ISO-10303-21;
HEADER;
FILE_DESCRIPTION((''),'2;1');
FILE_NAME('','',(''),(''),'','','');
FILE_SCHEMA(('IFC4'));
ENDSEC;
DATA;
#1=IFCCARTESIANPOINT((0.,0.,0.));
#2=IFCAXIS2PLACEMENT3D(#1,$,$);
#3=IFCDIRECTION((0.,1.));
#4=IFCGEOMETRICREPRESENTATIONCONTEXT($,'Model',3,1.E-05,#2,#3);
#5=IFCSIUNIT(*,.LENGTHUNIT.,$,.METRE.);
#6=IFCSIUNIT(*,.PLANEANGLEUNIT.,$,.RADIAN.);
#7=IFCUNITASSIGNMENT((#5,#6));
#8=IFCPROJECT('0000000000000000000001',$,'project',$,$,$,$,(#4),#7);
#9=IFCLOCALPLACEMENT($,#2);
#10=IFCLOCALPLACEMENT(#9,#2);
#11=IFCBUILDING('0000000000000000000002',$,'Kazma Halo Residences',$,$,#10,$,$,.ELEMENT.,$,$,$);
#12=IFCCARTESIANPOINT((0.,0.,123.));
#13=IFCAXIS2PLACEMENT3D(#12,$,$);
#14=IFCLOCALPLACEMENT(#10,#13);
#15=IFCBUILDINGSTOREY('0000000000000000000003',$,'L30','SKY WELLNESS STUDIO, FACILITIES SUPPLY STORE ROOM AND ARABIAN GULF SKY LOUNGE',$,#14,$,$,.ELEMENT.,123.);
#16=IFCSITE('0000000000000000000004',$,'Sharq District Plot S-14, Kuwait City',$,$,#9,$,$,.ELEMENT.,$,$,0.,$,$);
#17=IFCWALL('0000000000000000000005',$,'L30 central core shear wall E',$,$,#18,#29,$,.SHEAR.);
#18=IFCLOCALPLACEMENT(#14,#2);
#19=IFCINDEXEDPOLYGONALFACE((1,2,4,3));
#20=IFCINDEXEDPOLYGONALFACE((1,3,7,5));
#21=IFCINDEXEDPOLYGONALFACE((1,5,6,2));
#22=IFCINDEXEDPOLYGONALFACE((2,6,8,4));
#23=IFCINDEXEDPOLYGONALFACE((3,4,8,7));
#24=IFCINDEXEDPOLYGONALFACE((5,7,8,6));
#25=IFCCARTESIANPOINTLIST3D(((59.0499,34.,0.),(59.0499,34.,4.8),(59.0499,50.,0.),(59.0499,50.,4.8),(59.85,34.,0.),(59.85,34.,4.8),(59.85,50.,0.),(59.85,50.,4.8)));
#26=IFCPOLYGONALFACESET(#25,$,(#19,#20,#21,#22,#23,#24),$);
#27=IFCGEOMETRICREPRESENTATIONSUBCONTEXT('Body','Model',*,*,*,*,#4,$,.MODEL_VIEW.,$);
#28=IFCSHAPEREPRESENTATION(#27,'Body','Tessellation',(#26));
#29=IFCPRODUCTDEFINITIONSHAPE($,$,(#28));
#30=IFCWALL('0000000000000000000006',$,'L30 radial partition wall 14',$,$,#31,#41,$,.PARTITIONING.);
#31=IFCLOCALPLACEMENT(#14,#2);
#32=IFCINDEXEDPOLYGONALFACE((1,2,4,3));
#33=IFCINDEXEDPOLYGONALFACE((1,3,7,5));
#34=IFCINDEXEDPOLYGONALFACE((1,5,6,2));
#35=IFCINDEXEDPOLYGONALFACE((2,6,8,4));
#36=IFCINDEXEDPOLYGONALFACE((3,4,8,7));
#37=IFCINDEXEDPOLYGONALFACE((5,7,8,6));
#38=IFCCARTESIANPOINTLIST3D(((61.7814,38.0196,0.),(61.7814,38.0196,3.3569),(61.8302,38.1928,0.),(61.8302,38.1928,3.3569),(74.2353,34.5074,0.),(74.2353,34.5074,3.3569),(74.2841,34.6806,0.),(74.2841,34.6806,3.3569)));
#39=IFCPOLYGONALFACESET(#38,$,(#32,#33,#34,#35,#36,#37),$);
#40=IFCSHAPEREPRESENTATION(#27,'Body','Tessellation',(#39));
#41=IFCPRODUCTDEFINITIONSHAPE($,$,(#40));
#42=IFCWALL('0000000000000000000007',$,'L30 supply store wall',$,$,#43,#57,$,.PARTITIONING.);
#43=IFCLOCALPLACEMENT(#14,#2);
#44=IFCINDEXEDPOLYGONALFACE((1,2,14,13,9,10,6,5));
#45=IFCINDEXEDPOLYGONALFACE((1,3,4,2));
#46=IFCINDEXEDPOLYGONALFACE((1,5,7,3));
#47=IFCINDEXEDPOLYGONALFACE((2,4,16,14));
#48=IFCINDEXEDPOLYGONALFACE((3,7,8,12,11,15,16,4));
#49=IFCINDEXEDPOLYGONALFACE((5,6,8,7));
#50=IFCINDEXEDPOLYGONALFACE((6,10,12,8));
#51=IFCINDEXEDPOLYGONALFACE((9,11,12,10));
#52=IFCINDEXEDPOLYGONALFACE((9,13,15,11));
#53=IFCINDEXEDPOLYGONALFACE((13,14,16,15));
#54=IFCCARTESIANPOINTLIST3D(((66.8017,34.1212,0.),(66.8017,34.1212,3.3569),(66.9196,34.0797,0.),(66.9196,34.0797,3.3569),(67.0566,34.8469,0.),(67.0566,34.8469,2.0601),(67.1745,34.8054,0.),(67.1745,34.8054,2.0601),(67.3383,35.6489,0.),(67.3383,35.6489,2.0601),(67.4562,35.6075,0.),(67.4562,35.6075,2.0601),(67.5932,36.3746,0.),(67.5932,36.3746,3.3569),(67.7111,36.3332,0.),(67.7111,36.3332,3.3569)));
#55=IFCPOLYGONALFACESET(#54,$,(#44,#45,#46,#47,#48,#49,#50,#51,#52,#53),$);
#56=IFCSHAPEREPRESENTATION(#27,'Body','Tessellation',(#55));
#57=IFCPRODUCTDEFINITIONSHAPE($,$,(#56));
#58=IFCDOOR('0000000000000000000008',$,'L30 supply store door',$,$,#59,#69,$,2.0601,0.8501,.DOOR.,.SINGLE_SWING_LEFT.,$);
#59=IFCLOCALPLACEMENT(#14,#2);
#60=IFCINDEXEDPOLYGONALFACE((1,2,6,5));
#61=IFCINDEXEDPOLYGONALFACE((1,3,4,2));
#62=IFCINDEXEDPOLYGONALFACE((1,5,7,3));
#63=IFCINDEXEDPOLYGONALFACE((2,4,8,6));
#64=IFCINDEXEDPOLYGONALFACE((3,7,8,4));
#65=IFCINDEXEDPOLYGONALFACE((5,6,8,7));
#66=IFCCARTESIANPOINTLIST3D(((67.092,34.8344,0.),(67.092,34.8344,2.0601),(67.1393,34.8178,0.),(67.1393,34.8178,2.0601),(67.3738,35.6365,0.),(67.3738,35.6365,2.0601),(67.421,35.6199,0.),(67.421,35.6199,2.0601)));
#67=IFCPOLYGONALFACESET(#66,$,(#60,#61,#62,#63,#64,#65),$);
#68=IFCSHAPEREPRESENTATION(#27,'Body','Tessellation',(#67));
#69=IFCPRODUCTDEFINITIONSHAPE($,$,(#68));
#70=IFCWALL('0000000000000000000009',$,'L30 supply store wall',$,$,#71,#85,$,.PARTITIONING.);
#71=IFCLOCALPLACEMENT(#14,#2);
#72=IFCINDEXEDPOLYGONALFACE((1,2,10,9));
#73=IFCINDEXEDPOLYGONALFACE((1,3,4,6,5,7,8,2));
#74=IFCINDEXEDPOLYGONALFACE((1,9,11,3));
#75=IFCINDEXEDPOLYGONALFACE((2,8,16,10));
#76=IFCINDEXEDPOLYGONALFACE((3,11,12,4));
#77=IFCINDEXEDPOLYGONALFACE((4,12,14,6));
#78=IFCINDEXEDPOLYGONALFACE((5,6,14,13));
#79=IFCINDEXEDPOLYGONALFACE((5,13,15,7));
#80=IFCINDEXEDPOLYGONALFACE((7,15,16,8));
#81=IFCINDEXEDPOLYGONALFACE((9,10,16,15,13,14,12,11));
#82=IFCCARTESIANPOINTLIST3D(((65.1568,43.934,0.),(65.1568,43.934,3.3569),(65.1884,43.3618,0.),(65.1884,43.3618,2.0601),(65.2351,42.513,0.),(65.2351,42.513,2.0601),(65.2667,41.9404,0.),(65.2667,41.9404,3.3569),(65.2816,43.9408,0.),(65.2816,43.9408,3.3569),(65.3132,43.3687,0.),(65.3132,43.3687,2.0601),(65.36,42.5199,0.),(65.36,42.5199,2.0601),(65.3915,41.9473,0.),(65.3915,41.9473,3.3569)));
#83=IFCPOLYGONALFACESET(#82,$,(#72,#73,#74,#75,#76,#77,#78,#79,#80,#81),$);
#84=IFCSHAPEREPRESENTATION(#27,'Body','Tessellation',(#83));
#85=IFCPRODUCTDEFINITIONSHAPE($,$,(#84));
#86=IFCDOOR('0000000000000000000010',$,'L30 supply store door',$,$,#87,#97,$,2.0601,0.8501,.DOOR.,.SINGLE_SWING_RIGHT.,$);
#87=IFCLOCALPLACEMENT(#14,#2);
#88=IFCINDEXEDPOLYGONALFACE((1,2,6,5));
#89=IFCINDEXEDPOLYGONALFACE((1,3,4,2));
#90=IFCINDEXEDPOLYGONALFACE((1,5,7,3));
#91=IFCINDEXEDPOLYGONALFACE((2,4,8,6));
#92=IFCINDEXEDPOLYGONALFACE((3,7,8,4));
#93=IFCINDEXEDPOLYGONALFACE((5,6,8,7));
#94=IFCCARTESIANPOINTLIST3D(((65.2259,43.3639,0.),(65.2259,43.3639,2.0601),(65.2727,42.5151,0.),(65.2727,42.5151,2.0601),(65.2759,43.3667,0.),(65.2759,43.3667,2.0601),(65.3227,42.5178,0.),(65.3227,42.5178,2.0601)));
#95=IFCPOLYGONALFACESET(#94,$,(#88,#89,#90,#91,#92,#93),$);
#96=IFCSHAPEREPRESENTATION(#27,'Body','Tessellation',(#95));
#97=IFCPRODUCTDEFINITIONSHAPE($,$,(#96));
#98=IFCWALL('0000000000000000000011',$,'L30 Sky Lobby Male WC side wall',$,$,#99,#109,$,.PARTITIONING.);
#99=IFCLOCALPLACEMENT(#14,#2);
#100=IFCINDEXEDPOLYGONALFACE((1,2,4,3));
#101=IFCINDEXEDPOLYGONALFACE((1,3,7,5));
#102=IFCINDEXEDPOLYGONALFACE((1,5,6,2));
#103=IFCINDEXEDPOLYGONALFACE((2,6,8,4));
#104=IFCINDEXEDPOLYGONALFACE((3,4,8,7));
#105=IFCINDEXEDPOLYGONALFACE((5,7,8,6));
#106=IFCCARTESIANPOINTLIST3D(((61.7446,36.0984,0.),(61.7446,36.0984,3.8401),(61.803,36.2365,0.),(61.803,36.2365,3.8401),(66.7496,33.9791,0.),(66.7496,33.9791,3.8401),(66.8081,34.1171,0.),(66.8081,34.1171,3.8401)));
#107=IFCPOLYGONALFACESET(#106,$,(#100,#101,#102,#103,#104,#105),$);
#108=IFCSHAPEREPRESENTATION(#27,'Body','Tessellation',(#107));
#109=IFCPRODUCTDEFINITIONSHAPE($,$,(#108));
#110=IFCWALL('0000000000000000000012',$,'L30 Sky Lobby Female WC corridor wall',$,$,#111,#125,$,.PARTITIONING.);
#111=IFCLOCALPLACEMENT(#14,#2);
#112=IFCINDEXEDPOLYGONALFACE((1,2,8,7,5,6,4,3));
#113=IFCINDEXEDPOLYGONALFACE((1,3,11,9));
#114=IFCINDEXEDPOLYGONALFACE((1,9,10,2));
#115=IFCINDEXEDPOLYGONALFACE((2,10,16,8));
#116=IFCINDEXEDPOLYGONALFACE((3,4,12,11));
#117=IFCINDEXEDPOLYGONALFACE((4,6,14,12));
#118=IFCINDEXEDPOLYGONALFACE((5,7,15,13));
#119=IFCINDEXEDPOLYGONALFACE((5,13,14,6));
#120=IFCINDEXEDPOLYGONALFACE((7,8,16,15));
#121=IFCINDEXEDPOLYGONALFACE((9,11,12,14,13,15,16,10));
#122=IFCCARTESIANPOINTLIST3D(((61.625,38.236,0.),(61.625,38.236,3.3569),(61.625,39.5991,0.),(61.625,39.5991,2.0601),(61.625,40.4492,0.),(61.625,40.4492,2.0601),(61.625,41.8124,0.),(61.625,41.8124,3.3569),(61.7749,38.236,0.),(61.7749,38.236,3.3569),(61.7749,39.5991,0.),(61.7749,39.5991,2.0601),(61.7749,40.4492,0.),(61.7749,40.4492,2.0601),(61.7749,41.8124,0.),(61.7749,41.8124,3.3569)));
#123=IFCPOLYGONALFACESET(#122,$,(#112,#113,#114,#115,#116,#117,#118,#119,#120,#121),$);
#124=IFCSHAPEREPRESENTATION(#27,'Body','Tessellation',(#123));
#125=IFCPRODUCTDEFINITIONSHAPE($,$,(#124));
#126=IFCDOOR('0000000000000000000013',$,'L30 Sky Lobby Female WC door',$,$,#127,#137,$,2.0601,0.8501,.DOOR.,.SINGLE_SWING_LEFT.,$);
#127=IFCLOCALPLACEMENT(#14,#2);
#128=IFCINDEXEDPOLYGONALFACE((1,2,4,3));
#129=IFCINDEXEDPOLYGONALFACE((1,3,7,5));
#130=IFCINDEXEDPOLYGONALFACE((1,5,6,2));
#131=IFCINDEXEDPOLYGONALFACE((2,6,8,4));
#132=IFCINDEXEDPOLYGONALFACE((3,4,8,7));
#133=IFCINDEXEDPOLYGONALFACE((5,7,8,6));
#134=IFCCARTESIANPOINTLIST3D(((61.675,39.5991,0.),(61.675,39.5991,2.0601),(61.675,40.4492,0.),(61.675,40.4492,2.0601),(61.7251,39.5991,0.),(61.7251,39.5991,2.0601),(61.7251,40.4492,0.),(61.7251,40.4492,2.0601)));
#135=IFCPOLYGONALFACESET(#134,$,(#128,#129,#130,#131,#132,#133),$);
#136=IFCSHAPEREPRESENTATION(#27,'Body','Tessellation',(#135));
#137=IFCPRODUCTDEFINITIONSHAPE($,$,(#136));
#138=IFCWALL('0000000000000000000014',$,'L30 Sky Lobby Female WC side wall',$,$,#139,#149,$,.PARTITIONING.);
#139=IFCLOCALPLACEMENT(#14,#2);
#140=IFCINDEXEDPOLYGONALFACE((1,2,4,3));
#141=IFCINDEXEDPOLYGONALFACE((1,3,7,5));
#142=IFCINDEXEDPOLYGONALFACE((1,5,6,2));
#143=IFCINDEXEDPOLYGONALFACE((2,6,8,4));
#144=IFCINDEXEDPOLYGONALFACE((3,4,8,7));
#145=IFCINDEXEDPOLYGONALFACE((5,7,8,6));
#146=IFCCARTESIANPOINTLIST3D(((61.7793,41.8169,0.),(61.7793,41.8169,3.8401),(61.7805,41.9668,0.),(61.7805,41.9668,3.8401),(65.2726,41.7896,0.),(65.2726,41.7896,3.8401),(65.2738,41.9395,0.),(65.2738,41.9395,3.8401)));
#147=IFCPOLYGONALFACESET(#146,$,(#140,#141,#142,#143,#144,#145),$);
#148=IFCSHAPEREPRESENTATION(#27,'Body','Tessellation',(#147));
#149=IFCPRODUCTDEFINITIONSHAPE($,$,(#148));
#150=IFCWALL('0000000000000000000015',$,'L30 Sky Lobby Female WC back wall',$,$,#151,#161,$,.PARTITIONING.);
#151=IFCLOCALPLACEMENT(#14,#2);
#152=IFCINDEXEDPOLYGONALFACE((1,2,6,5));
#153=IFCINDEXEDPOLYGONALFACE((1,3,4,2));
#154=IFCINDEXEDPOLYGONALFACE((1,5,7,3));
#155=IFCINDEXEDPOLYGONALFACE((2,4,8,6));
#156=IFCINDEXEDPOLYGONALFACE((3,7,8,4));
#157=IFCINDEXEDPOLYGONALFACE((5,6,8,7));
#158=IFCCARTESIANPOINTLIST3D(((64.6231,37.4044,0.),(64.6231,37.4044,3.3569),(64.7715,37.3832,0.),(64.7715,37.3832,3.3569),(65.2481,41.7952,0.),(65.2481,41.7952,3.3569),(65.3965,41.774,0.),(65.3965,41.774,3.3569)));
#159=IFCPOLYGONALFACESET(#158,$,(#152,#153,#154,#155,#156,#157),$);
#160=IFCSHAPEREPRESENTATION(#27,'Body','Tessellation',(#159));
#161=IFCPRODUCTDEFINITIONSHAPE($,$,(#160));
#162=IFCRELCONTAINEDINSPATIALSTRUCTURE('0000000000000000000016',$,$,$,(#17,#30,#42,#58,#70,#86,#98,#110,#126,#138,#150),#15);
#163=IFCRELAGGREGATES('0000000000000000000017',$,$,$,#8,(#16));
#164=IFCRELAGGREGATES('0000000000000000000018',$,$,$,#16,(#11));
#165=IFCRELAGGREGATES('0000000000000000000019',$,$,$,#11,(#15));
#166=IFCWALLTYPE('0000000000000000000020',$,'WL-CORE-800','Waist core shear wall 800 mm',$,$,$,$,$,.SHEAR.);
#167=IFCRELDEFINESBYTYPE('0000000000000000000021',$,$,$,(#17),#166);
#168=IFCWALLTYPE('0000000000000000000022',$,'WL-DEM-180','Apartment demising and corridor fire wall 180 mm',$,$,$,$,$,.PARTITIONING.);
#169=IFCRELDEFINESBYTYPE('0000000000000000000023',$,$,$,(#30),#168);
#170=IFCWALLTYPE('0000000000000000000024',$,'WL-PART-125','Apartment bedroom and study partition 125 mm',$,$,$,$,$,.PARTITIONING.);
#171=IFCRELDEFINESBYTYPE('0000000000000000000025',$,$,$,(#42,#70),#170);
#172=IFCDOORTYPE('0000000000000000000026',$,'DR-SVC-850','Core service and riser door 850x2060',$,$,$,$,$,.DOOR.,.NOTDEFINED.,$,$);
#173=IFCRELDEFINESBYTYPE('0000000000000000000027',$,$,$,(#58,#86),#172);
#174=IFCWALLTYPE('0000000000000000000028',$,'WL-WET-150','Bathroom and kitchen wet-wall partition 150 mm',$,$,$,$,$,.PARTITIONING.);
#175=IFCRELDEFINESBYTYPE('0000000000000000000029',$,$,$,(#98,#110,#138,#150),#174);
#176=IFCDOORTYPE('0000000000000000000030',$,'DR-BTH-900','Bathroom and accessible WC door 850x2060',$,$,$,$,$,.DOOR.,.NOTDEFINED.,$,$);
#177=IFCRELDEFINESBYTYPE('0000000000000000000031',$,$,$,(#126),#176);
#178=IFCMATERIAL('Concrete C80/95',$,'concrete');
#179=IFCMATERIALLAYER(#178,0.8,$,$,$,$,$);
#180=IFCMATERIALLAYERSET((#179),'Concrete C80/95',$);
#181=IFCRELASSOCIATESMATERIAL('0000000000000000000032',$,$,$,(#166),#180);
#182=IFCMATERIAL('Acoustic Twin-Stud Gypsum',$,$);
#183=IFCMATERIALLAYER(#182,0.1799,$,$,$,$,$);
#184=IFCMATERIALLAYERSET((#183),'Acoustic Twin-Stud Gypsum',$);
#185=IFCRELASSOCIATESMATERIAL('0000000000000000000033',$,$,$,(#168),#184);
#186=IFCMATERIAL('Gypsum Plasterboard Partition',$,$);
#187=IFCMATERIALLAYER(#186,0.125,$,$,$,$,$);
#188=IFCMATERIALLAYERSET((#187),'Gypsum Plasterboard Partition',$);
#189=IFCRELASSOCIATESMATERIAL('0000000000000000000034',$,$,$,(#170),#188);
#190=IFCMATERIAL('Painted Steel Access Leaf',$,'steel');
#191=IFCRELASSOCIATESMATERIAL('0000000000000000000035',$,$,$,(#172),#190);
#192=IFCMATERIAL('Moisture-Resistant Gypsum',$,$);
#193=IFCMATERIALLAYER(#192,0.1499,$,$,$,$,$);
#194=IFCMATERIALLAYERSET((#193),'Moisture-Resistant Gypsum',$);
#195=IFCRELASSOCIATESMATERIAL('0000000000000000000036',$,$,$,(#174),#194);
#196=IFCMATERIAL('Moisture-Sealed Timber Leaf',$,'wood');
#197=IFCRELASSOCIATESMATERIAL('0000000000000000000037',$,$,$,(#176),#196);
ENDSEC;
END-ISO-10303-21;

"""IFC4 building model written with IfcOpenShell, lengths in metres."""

from ifc_helpers import new_model, si_unit, direction, frame, frame_2d, origin, place, context, subcontext, project, spatial, rectangle, extrude, material, layer, layer_set, type_object, element, fill, save


model = new_model("IFC4")

# Units and contexts
model_context = context("Model", 3, precision=1e-05, world=origin(), true_north=direction((0.0, 1.0)))
body_context = subcontext(model_context, "Body", "Model", "MODEL_VIEW")
ifc_project = project(units=[si_unit("LENGTHUNIT", "METRE"), si_unit("PLANEANGLEUNIT", "RADIAN")], contexts=[model_context])

# Site, building, storey
site_placement = place(None, origin())
site = spatial("IfcSite", under=ifc_project, at=site_placement, Name="Sharq District Plot S-14, Kuwait City", CompositionType="ELEMENT", RefElevation=0.0)
building_placement = place(site_placement, origin())
building = spatial("IfcBuilding", under=site, at=building_placement, Name="Kazma Halo Residences", CompositionType="ELEMENT")
storey_placement = place(building_placement, frame((0.0, 0.0, 123.0)))
storey = spatial("IfcBuildingStorey", under=building, at=storey_placement, Name="L30", Description="SKY WELLNESS STUDIO, FACILITIES SUPPLY STORE ROOM AND ARABIAN GULF SKY LOUNGE", CompositionType="ELEMENT", Elevation=123.0)

# Shared definitions
ifc_material_1 = material(Name="Concrete C80/95", Category="concrete")

# Walls
ifc_layer_1 = layer(ifc_material_1, 0.8)
ifc_layer_set_1 = layer_set([ifc_layer_1], Name="Concrete C80/95")
wall_type_1 = type_object("IfcWallType", Name="WL-CORE-800", Description="Waist core shear wall 800 mm", PredefinedType="SHEAR", material=ifc_layer_set_1)
wall_1_placement = place(storey_placement, frame((59.45, 34.0, 0.0), z_axis=(0.0, 0.0, 1.0), x_axis=(0.0, 1.0, 0.0)))
element("IfcWall", 1, at=wall_1_placement, inside=storey, type_object=wall_type_1, Name="L30 central core shear wall E", PredefinedType="SHEAR", context=body_context, shape_type="SweptSolid", body=[
    extrude(rectangle(XDim=16.0, YDim=0.8, at=frame_2d((8.0, 0.0))), origin(), (0.0, 0.0, 1.0), 4.8),
])
ifc_material_2 = material(Name="Acoustic Twin-Stud Gypsum")
ifc_layer_2 = layer(ifc_material_2, 0.1799)
ifc_layer_set_2 = layer_set([ifc_layer_2], Name="Acoustic Twin-Stud Gypsum")
wall_type_2 = type_object("IfcWallType", Name="WL-DEM-180", Description="Apartment demising and corridor fire wall 180 mm", PredefinedType="PARTITIONING", material=ifc_layer_set_2)
wall_2_placement = place(storey_placement, frame((61.8059, 38.1062, 0.0), z_axis=(0.0, 0.0, 1.0), x_axis=(0.962458, -0.27143, 0.0)))
element("IfcWall", 2, at=wall_2_placement, inside=storey, type_object=wall_type_2, Name="L30 radial partition wall 14", PredefinedType="PARTITIONING", context=body_context, shape_type="SweptSolid", body=[
    extrude(rectangle(XDim=12.9397, YDim=0.1799, at=frame_2d((6.4697, 0.0))), origin(), (0.0, 0.0, 1.0), 3.3569),
])

# Walls, openings, doors
ifc_material_3 = material(Name="Gypsum Plasterboard Partition")
ifc_layer_3 = layer(ifc_material_3, 0.125)
ifc_layer_set_3 = layer_set([ifc_layer_3], Name="Gypsum Plasterboard Partition")
wall_type_3 = type_object("IfcWallType", Name="WL-PART-125", Description="Apartment bedroom and study partition 125 mm", PredefinedType="PARTITIONING", material=ifc_layer_set_3)
wall_3_placement = place(storey_placement, frame((66.8606, 34.1003, 0.0), z_axis=(0.0, 0.0, 1.0), x_axis=(0.331397, 0.943491, 0.0)))
wall_3 = element("IfcWall", 3, at=wall_3_placement, inside=storey, type_object=wall_type_3, Name="L30 supply store wall", PredefinedType="PARTITIONING", context=body_context, shape_type="SweptSolid", body=[
    extrude(rectangle(XDim=2.3884, YDim=0.125, at=frame_2d((1.1943, 0.0))), origin(), (0.0, 0.0, 1.0), 3.3569),
])
opening_1_placement = place(wall_3_placement, frame((0.7693, 0.0, 0.0)))
opening_1 = element("IfcOpeningElement", 4, at=opening_1_placement, cuts=wall_3, PredefinedType="OPENING", context=body_context, shape_type="SweptSolid", body=[
    extrude(rectangle(XDim=0.8501, YDim=2.0601, at=frame_2d((0.425, 1.03))), frame((0.0, 0.0725, 0.0), z_axis=(0.0, -1.0, 0.0), x_axis=(1.0, 0.0, 0.0)), (0.0, 0.0, 1.0), 0.145),
])
ifc_material_4 = material(Name="Painted Steel Access Leaf", Category="steel")
door_type_1 = type_object("IfcDoorType", Name="DR-SVC-850", Description="Core service and riser door 850x2060", OperationType="NOTDEFINED", PredefinedType="DOOR", material=ifc_material_4)
door_1_placement = place(opening_1_placement, origin())
door_1 = element("IfcDoor", 5, at=door_1_placement, inside=storey, type_object=door_type_1, Name="L30 supply store door", OperationType="SINGLE_SWING_LEFT", OverallHeight=2.0601, OverallWidth=0.8501, PredefinedType="DOOR", context=body_context, shape_type="SweptSolid", body=[
    extrude(rectangle(XDim=0.8501, YDim=2.0601, at=frame_2d((0.425, 1.03))), frame((0.0, 0.0249, 0.0), z_axis=(0.0, -1.0, 0.0), x_axis=(1.0, 0.0, 0.0)), (0.0, 0.0, 1.0), 0.05),
])
fill(opening_1, door_1)
wall_4_placement = place(storey_placement, frame((65.3291, 41.9438, 0.0), z_axis=(0.0, 0.0, 1.0), x_axis=(-0.055023, 0.998485, 0.0)))
wall_4 = element("IfcWall", 6, at=wall_4_placement, inside=storey, type_object=wall_type_3, Name="L30 supply store wall", PredefinedType="PARTITIONING", context=body_context, shape_type="SweptSolid", body=[
    extrude(rectangle(XDim=1.9966, YDim=0.125, at=frame_2d((0.9983, 0.0))), origin(), (0.0, 0.0, 1.0), 3.3569),
])
opening_2_placement = place(wall_4_placement, frame((0.5735, 0.0, 0.0)))
opening_2 = element("IfcOpeningElement", 7, at=opening_2_placement, cuts=wall_4, PredefinedType="OPENING", context=body_context, shape_type="SweptSolid", body=[
    extrude(rectangle(XDim=0.8501, YDim=2.0601, at=frame_2d((0.425, 1.03))), frame((0.0, 0.0725, 0.0), z_axis=(0.0, -1.0, 0.0), x_axis=(1.0, 0.0, 0.0)), (0.0, 0.0, 1.0), 0.145),
])
door_2_placement = place(opening_2_placement, origin())
door_2 = element("IfcDoor", 8, at=door_2_placement, inside=storey, type_object=door_type_1, Name="L30 supply store door", OperationType="SINGLE_SWING_RIGHT", OverallHeight=2.0601, OverallWidth=0.8501, PredefinedType="DOOR", context=body_context, shape_type="SweptSolid", body=[
    extrude(rectangle(XDim=0.8501, YDim=2.0601, at=frame_2d((0.425, 1.03))), frame((0.0, 0.0249, 0.0), z_axis=(0.0, -1.0, 0.0), x_axis=(1.0, 0.0, 0.0)), (0.0, 0.0, 1.0), 0.05),
])
fill(opening_2, door_2)

# Wall
ifc_material_5 = material(Name="Moisture-Resistant Gypsum")
ifc_layer_4 = layer(ifc_material_5, 0.1499)
ifc_layer_set_4 = layer_set([ifc_layer_4], Name="Moisture-Resistant Gypsum")
wall_type_4 = type_object("IfcWallType", Name="WL-WET-150", Description="Bathroom and kitchen wet-wall partition 150 mm", PredefinedType="PARTITIONING", material=ifc_layer_set_4)
wall_5_placement = place(storey_placement, frame((61.7737, 36.1675, 0.0), z_axis=(0.0, 0.0, 1.0), x_axis=(0.920846, -0.389926, 0.0)))
element("IfcWall", 9, at=wall_5_placement, inside=storey, type_object=wall_type_4, Name="L30 Sky Lobby Male WC side wall", PredefinedType="PARTITIONING", context=body_context, shape_type="SweptSolid", body=[
    extrude(rectangle(XDim=5.4353, YDim=0.1499, at=frame_2d((2.7178, 0.0))), origin(), (0.0, 0.0, 1.0), 3.8401),
])

# Wall, opening, door
wall_6_placement = place(storey_placement, frame((61.7, 38.2361, 0.0), z_axis=(0.0, 0.0, 1.0), x_axis=(0.0, 1.0, 0.0)))
wall_6 = element("IfcWall", 10, at=wall_6_placement, inside=storey, type_object=wall_type_4, Name="L30 Sky Lobby Female WC corridor wall", PredefinedType="PARTITIONING", context=body_context, shape_type="SweptSolid", body=[
    extrude(rectangle(XDim=3.5764, YDim=0.1499, at=frame_2d((1.7881, 0.0))), origin(), (0.0, 0.0, 1.0), 3.3569),
])
opening_3_placement = place(wall_6_placement, frame((1.363, 0.0, 0.0)))
opening_3 = element("IfcOpeningElement", 11, at=opening_3_placement, cuts=wall_6, PredefinedType="OPENING", context=body_context, shape_type="SweptSolid", body=[
    extrude(rectangle(XDim=0.8501, YDim=2.0601, at=frame_2d((0.425, 1.03))), frame((0.0, 0.085, 0.0), z_axis=(0.0, -1.0, 0.0), x_axis=(1.0, 0.0, 0.0)), (0.0, 0.0, 1.0), 0.1699),
])
ifc_material_6 = material(Name="Moisture-Sealed Timber Leaf", Category="wood")
door_type_2 = type_object("IfcDoorType", Name="DR-BTH-900", Description="Bathroom and accessible WC door 850x2060", OperationType="NOTDEFINED", PredefinedType="DOOR", material=ifc_material_6)
door_3_placement = place(opening_3_placement, origin())
door_3 = element("IfcDoor", 12, at=door_3_placement, inside=storey, type_object=door_type_2, Name="L30 Sky Lobby Female WC door", OperationType="SINGLE_SWING_LEFT", OverallHeight=2.0601, OverallWidth=0.8501, PredefinedType="DOOR", context=body_context, shape_type="SweptSolid", body=[
    extrude(rectangle(XDim=0.8501, YDim=2.0601, at=frame_2d((0.425, 1.03))), frame((0.0, 0.0249, 0.0), z_axis=(0.0, -1.0, 0.0), x_axis=(1.0, 0.0, 0.0)), (0.0, 0.0, 1.0), 0.05),
])
fill(opening_3, door_3)

# Walls
wall_7_placement = place(storey_placement, frame((61.78, 41.8918, 0.0), z_axis=(0.0, 0.0, 1.0), x_axis=(0.999969, -0.007827, 0.0)))
element("IfcWall", 13, at=wall_7_placement, inside=storey, type_object=wall_type_4, Name="L30 Sky Lobby Female WC side wall", PredefinedType="PARTITIONING", context=body_context, shape_type="SweptSolid", body=[
    extrude(rectangle(XDim=3.4934, YDim=0.1499, at=frame_2d((1.7466, 0.0))), origin(), (0.0, 0.0, 1.0), 3.8401),
])
wall_8_placement = place(storey_placement, frame((64.6973, 37.3938, 0.0), z_axis=(0.0, 0.0, 1.0), x_axis=(0.14092, 0.990021, 0.0)))
element("IfcWall", 14, at=wall_8_placement, inside=storey, type_object=wall_type_4, Name="L30 Sky Lobby Female WC back wall", PredefinedType="PARTITIONING", context=body_context, shape_type="SweptSolid", body=[
    extrude(rectangle(XDim=4.4351, YDim=0.1499, at=frame_2d((2.2175, 0.0))), origin(), (0.0, 0.0, 1.0), 3.3569),
])

save(model, "model.ifc")
